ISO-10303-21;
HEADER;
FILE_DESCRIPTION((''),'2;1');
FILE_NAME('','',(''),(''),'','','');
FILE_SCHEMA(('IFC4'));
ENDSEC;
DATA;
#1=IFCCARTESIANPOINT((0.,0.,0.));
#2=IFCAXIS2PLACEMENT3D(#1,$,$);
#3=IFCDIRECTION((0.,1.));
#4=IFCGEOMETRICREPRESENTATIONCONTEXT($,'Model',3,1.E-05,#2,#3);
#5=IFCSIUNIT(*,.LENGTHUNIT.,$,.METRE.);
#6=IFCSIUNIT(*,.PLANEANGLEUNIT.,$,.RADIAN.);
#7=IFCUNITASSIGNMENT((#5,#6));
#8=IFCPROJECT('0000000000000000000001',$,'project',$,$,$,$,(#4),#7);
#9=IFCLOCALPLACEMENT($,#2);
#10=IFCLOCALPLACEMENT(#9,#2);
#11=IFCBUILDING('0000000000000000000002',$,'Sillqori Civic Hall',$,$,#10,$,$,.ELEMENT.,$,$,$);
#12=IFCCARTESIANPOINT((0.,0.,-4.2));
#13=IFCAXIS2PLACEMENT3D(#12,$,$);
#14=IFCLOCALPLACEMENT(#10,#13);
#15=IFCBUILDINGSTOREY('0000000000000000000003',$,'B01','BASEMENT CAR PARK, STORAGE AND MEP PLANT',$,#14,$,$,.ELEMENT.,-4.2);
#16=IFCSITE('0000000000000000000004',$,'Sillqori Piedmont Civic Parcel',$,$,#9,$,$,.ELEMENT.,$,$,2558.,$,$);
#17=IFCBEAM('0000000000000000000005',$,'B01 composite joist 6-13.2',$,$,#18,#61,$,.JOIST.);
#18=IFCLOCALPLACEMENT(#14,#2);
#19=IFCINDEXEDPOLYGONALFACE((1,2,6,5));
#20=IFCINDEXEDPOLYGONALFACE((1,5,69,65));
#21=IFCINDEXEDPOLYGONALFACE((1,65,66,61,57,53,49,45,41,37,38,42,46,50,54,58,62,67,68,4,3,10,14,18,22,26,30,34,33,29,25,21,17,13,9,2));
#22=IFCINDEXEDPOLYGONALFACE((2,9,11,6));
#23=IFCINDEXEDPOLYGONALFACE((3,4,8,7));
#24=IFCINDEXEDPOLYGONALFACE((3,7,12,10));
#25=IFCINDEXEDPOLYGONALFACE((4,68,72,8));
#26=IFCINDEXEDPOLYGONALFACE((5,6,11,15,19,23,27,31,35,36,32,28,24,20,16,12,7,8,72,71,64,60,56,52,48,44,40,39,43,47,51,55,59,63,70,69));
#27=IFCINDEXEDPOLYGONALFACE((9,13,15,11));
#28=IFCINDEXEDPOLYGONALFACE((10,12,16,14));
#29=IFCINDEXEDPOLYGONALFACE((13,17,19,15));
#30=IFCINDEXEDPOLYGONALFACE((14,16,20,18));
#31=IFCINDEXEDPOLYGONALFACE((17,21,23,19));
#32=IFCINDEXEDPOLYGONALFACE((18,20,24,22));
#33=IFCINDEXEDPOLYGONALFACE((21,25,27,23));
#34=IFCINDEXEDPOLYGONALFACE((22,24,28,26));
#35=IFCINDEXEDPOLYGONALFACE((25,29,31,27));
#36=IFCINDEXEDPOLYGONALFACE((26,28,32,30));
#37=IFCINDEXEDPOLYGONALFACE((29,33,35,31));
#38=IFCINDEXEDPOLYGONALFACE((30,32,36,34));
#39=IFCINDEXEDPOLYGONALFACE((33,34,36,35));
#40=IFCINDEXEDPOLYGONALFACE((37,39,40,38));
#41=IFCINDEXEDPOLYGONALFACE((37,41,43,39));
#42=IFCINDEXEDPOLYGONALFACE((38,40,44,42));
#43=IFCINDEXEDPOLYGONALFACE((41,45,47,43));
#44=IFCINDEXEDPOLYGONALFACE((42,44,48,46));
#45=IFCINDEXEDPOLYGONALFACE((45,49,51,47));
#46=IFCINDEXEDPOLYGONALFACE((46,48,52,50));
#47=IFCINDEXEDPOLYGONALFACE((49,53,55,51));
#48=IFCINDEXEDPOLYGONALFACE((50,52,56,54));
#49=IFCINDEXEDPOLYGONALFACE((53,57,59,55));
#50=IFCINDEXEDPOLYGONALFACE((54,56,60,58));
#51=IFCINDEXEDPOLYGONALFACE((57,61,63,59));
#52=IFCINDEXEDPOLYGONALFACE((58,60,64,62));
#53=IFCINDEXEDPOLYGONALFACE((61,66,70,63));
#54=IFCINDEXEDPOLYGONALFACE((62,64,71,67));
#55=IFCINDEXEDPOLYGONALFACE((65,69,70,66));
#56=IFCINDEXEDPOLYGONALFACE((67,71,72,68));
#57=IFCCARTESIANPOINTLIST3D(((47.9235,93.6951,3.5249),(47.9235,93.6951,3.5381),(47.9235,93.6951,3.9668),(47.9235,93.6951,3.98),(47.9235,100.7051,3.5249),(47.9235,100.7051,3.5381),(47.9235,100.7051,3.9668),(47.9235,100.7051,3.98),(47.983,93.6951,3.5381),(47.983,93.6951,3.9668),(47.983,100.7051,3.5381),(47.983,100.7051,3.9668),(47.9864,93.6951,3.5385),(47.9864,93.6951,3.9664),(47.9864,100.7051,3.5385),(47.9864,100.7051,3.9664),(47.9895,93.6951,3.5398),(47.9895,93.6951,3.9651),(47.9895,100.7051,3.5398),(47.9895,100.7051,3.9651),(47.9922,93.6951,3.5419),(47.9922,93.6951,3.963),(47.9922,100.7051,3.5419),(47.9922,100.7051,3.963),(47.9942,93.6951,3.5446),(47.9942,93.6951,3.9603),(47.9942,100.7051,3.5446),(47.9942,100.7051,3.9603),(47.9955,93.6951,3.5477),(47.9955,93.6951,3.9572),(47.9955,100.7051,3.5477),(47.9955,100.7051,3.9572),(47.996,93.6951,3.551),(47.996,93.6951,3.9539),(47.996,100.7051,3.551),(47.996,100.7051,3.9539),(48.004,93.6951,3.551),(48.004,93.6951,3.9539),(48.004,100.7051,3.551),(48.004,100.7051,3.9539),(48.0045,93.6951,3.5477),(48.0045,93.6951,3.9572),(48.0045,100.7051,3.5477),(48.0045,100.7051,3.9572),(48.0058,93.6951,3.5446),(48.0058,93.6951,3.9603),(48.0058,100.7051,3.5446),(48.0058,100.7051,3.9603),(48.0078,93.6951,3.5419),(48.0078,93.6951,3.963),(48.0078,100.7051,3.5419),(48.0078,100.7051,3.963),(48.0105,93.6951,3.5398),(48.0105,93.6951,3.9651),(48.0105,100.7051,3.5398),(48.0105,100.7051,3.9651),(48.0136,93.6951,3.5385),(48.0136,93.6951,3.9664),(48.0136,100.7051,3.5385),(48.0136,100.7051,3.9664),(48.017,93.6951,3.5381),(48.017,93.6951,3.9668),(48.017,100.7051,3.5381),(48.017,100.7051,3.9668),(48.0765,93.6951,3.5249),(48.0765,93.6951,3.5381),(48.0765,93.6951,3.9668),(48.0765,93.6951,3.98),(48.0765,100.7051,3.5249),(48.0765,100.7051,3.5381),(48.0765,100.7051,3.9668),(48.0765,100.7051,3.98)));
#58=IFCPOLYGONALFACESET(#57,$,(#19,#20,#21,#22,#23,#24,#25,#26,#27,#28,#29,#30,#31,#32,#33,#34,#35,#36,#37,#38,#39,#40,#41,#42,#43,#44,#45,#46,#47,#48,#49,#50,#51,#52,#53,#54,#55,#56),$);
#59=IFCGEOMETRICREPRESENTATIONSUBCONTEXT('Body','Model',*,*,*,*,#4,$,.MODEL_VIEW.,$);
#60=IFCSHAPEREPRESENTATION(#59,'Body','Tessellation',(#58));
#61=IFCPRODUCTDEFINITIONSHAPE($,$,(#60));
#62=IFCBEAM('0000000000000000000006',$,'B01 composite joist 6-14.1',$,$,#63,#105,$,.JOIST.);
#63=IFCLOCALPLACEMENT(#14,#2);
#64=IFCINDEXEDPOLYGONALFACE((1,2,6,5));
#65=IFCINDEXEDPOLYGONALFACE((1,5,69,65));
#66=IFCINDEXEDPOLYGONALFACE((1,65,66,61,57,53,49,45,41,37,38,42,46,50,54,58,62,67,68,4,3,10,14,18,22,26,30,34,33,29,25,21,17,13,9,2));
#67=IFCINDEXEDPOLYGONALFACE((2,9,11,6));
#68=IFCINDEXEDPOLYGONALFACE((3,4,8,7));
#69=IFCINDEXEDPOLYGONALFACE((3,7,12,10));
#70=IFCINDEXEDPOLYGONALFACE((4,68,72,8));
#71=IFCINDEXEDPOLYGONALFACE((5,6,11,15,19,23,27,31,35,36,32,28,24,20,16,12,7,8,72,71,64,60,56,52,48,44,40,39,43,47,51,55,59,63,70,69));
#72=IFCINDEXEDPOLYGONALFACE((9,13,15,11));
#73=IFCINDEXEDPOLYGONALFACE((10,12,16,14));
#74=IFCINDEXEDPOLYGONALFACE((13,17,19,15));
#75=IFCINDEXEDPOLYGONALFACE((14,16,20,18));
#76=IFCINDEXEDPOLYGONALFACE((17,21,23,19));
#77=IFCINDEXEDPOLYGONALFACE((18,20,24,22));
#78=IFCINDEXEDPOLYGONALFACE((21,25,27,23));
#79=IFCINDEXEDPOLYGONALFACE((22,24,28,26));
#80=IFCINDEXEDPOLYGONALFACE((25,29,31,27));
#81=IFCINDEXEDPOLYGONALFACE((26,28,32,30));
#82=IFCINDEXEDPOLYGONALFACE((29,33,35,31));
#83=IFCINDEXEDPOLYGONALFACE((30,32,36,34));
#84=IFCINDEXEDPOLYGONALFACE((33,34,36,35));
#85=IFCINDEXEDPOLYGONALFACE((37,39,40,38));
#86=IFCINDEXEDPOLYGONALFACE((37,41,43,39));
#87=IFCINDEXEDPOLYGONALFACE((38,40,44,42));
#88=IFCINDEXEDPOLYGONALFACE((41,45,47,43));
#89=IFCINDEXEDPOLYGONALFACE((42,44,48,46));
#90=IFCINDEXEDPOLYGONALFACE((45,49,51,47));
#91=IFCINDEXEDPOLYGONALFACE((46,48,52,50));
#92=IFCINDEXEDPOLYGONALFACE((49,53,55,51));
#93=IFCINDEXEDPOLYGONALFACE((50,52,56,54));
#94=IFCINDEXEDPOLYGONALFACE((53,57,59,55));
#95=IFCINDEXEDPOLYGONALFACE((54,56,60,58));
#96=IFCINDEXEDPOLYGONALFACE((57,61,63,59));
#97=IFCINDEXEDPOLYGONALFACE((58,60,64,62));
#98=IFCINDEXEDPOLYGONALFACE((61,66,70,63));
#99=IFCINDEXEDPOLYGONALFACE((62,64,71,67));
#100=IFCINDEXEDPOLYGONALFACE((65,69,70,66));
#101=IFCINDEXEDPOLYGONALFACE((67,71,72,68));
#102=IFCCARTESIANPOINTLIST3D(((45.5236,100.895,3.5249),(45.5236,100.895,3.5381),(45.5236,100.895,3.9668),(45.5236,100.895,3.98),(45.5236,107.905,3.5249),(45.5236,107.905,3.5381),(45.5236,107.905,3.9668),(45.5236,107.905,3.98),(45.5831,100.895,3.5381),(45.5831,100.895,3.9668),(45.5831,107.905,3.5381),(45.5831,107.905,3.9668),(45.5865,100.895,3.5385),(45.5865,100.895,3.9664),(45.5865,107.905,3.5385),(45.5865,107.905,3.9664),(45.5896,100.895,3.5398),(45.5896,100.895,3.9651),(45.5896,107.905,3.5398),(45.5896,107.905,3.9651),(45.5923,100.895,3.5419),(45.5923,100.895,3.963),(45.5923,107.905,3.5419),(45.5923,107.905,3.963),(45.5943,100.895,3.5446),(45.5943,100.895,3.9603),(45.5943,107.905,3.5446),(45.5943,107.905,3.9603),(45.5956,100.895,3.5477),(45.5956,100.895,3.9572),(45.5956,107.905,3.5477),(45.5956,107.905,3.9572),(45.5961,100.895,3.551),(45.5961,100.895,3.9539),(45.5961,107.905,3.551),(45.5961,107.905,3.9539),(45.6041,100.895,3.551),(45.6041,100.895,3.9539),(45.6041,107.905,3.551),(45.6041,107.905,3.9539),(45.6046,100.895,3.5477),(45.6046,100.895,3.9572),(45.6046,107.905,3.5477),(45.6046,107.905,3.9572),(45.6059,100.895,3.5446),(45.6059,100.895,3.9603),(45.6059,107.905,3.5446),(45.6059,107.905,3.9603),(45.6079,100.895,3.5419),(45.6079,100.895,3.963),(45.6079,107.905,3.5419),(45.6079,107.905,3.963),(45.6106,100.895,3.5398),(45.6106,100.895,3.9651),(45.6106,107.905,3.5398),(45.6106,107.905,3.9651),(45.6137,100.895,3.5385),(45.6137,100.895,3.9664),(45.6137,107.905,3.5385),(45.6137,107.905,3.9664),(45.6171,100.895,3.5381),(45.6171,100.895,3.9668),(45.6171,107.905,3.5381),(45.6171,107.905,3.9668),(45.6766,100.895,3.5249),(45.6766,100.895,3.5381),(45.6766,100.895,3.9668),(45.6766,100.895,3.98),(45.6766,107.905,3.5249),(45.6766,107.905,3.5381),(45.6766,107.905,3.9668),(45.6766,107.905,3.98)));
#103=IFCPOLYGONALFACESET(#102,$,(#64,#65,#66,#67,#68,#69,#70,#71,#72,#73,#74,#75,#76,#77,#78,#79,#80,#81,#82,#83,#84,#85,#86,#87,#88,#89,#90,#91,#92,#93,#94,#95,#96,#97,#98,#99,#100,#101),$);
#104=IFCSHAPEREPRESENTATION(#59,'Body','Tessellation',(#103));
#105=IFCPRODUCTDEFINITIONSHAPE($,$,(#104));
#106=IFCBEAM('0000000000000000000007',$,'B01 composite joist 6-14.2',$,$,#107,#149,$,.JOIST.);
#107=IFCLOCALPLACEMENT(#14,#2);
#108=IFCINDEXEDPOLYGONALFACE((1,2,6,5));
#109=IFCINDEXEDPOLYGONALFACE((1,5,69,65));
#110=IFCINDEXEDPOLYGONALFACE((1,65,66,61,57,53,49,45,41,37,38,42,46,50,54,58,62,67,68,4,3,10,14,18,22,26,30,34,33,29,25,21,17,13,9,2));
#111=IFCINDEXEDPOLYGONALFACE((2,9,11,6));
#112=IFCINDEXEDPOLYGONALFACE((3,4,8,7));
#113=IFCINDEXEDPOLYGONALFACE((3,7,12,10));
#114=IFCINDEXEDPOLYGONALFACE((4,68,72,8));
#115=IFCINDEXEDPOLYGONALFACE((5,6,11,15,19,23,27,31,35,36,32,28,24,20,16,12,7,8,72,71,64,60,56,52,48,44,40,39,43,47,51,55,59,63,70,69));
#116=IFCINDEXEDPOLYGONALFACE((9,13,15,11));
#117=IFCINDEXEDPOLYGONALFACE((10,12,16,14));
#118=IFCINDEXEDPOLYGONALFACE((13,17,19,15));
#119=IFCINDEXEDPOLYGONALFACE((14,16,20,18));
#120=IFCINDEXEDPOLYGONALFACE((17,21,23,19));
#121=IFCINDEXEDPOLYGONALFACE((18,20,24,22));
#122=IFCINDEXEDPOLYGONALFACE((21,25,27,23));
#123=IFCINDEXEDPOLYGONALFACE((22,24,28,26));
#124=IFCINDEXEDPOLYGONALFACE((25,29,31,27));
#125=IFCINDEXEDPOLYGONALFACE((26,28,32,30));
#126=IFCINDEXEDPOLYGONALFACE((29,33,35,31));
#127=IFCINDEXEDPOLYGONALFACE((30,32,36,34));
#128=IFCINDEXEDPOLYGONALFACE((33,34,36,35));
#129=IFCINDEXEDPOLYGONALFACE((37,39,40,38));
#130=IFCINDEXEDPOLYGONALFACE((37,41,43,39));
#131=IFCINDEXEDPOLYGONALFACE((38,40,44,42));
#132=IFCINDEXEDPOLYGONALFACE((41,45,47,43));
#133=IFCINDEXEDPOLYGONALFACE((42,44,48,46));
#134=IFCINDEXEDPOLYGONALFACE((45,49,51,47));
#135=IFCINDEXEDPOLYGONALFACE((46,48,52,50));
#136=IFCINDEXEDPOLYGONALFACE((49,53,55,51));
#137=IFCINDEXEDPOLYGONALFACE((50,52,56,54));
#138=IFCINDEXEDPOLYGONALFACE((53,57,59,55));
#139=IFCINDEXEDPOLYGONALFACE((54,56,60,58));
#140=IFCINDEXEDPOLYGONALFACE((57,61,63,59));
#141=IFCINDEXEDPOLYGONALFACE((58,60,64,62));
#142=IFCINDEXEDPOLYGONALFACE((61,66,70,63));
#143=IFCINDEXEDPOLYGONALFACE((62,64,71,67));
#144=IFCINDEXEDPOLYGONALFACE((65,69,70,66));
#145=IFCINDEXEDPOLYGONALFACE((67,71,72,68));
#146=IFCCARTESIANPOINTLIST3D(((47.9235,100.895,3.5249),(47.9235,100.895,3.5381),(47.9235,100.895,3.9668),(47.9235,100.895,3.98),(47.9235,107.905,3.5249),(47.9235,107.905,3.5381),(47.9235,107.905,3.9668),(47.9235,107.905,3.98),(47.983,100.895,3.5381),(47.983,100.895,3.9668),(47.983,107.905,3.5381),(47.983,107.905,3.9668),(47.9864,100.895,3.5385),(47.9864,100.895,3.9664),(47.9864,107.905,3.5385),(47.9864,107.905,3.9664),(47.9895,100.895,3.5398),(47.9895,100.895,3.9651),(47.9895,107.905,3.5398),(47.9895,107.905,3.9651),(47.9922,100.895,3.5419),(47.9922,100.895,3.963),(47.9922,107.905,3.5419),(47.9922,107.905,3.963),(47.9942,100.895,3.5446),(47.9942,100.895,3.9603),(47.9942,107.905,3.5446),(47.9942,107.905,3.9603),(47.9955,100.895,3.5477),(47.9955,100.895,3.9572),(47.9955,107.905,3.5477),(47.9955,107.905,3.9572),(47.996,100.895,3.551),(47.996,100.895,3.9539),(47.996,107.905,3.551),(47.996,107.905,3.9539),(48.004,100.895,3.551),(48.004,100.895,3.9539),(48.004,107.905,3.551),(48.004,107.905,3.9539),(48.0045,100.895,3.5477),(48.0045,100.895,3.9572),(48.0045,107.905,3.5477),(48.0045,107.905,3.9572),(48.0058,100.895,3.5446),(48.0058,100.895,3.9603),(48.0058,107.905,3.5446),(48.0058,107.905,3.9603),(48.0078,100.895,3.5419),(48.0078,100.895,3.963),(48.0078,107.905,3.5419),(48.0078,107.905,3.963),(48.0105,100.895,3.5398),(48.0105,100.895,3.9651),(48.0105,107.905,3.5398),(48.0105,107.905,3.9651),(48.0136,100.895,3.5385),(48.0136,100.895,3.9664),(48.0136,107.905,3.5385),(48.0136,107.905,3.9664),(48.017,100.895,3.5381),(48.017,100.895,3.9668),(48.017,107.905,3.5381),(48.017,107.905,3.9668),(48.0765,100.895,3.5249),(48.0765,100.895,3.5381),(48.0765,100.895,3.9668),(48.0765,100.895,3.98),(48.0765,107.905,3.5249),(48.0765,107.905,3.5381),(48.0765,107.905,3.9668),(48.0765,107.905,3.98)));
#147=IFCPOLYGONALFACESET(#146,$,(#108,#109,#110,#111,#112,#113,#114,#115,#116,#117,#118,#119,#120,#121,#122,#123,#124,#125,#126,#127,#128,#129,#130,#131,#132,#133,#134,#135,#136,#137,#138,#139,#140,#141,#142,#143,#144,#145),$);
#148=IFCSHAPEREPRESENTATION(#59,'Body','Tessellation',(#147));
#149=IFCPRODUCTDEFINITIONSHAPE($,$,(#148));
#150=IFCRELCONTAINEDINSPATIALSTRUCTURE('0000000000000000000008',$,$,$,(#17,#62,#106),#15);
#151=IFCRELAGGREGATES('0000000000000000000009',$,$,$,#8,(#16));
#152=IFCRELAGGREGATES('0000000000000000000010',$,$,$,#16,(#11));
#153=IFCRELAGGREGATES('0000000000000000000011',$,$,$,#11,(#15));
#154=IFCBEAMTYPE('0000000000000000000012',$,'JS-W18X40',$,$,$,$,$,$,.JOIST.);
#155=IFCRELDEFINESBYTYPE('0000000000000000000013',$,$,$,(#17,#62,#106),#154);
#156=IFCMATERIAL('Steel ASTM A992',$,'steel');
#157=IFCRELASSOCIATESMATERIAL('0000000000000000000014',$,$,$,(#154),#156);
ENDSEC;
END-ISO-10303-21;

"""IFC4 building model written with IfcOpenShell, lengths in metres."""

from ifc_helpers import new_model, si_unit, direction, frame, origin, origin_2d, place, context, subcontext, project, spatial, i_section, extrude, material, material_profile, profile_set, type_object, element, save


model = new_model("IFC4")

# Units and contexts
model_context = context("Model", 3, precision=1e-05, world=origin(), true_north=direction((0.0, 1.0)))
body_context = subcontext(model_context, "Body", "Model", "MODEL_VIEW")
ifc_project = project(units=[si_unit("LENGTHUNIT", "METRE"), si_unit("PLANEANGLEUNIT", "RADIAN")], contexts=[model_context])

# Site, building, storey
site_placement = place(None, origin())
site = spatial("IfcSite", under=ifc_project, at=site_placement, Name="Sillqori Piedmont Civic Parcel", CompositionType="ELEMENT", RefElevation=2558.0)
building_placement = place(site_placement, origin())
building = spatial("IfcBuilding", under=site, at=building_placement, Name="Sillqori Civic Hall", CompositionType="ELEMENT")
storey_placement = place(building_placement, frame((0.0, 0.0, -4.2)))
storey = spatial("IfcBuildingStorey", under=building, at=storey_placement, Name="B01", Description="BASEMENT CAR PARK, STORAGE AND MEP PLANT", CompositionType="ELEMENT", Elevation=-4.2)

# Shared definitions
ifc_material_1 = material(Name="Steel ASTM A992", Category="steel")

# Beams
ifc_material_profile_1 = material_profile(ifc_material_1, i_section(OverallWidth=0.1531, OverallDepth=0.4551, WebThickness=0.0081, FlangeThickness=0.0132, FilletRadius=0.0129, at=origin_2d()), Name="W18X40")
ifc_profile_set_1 = profile_set([ifc_material_profile_1], Name="Steel ASTM A992")
beam_type_1 = type_object("IfcBeamType", Name="JS-W18X40", PredefinedType="JOIST", material=ifc_profile_set_1)
for number, where, z_axis, x_axis, name in (
    (1, (48.0, 93.6951, 3.7524), (0.0, 1.0, 0.0), (-1.0, 0.0, 0.0), "B01 composite joist 6-13.2"),
    (2, (45.6001, 100.895, 3.7524), (0.0, 1.0, 0.0), (-1.0, 0.0, 0.0), "B01 composite joist 6-14.1"),
    (3, (48.0, 100.895, 3.7524), (0.0, 1.0, 0.0), (-1.0, 0.0, 0.0), "B01 composite joist 6-14.2"),
):
    element("IfcBeam", number, at=place(storey_placement, frame(where, z_axis=z_axis, x_axis=x_axis)), inside=storey, type_object=beam_type_1, Name=name, PredefinedType="JOIST", context=body_context, shape_type="SweptSolid", body=[
        extrude(i_section(OverallWidth=0.1531, OverallDepth=0.4551, WebThickness=0.0081, FlangeThickness=0.0132, FilletRadius=0.0129, at=origin_2d()), origin(), (0.0, 0.0, 1.0), 7.01),
    ])

save(model, "model.ifc")
